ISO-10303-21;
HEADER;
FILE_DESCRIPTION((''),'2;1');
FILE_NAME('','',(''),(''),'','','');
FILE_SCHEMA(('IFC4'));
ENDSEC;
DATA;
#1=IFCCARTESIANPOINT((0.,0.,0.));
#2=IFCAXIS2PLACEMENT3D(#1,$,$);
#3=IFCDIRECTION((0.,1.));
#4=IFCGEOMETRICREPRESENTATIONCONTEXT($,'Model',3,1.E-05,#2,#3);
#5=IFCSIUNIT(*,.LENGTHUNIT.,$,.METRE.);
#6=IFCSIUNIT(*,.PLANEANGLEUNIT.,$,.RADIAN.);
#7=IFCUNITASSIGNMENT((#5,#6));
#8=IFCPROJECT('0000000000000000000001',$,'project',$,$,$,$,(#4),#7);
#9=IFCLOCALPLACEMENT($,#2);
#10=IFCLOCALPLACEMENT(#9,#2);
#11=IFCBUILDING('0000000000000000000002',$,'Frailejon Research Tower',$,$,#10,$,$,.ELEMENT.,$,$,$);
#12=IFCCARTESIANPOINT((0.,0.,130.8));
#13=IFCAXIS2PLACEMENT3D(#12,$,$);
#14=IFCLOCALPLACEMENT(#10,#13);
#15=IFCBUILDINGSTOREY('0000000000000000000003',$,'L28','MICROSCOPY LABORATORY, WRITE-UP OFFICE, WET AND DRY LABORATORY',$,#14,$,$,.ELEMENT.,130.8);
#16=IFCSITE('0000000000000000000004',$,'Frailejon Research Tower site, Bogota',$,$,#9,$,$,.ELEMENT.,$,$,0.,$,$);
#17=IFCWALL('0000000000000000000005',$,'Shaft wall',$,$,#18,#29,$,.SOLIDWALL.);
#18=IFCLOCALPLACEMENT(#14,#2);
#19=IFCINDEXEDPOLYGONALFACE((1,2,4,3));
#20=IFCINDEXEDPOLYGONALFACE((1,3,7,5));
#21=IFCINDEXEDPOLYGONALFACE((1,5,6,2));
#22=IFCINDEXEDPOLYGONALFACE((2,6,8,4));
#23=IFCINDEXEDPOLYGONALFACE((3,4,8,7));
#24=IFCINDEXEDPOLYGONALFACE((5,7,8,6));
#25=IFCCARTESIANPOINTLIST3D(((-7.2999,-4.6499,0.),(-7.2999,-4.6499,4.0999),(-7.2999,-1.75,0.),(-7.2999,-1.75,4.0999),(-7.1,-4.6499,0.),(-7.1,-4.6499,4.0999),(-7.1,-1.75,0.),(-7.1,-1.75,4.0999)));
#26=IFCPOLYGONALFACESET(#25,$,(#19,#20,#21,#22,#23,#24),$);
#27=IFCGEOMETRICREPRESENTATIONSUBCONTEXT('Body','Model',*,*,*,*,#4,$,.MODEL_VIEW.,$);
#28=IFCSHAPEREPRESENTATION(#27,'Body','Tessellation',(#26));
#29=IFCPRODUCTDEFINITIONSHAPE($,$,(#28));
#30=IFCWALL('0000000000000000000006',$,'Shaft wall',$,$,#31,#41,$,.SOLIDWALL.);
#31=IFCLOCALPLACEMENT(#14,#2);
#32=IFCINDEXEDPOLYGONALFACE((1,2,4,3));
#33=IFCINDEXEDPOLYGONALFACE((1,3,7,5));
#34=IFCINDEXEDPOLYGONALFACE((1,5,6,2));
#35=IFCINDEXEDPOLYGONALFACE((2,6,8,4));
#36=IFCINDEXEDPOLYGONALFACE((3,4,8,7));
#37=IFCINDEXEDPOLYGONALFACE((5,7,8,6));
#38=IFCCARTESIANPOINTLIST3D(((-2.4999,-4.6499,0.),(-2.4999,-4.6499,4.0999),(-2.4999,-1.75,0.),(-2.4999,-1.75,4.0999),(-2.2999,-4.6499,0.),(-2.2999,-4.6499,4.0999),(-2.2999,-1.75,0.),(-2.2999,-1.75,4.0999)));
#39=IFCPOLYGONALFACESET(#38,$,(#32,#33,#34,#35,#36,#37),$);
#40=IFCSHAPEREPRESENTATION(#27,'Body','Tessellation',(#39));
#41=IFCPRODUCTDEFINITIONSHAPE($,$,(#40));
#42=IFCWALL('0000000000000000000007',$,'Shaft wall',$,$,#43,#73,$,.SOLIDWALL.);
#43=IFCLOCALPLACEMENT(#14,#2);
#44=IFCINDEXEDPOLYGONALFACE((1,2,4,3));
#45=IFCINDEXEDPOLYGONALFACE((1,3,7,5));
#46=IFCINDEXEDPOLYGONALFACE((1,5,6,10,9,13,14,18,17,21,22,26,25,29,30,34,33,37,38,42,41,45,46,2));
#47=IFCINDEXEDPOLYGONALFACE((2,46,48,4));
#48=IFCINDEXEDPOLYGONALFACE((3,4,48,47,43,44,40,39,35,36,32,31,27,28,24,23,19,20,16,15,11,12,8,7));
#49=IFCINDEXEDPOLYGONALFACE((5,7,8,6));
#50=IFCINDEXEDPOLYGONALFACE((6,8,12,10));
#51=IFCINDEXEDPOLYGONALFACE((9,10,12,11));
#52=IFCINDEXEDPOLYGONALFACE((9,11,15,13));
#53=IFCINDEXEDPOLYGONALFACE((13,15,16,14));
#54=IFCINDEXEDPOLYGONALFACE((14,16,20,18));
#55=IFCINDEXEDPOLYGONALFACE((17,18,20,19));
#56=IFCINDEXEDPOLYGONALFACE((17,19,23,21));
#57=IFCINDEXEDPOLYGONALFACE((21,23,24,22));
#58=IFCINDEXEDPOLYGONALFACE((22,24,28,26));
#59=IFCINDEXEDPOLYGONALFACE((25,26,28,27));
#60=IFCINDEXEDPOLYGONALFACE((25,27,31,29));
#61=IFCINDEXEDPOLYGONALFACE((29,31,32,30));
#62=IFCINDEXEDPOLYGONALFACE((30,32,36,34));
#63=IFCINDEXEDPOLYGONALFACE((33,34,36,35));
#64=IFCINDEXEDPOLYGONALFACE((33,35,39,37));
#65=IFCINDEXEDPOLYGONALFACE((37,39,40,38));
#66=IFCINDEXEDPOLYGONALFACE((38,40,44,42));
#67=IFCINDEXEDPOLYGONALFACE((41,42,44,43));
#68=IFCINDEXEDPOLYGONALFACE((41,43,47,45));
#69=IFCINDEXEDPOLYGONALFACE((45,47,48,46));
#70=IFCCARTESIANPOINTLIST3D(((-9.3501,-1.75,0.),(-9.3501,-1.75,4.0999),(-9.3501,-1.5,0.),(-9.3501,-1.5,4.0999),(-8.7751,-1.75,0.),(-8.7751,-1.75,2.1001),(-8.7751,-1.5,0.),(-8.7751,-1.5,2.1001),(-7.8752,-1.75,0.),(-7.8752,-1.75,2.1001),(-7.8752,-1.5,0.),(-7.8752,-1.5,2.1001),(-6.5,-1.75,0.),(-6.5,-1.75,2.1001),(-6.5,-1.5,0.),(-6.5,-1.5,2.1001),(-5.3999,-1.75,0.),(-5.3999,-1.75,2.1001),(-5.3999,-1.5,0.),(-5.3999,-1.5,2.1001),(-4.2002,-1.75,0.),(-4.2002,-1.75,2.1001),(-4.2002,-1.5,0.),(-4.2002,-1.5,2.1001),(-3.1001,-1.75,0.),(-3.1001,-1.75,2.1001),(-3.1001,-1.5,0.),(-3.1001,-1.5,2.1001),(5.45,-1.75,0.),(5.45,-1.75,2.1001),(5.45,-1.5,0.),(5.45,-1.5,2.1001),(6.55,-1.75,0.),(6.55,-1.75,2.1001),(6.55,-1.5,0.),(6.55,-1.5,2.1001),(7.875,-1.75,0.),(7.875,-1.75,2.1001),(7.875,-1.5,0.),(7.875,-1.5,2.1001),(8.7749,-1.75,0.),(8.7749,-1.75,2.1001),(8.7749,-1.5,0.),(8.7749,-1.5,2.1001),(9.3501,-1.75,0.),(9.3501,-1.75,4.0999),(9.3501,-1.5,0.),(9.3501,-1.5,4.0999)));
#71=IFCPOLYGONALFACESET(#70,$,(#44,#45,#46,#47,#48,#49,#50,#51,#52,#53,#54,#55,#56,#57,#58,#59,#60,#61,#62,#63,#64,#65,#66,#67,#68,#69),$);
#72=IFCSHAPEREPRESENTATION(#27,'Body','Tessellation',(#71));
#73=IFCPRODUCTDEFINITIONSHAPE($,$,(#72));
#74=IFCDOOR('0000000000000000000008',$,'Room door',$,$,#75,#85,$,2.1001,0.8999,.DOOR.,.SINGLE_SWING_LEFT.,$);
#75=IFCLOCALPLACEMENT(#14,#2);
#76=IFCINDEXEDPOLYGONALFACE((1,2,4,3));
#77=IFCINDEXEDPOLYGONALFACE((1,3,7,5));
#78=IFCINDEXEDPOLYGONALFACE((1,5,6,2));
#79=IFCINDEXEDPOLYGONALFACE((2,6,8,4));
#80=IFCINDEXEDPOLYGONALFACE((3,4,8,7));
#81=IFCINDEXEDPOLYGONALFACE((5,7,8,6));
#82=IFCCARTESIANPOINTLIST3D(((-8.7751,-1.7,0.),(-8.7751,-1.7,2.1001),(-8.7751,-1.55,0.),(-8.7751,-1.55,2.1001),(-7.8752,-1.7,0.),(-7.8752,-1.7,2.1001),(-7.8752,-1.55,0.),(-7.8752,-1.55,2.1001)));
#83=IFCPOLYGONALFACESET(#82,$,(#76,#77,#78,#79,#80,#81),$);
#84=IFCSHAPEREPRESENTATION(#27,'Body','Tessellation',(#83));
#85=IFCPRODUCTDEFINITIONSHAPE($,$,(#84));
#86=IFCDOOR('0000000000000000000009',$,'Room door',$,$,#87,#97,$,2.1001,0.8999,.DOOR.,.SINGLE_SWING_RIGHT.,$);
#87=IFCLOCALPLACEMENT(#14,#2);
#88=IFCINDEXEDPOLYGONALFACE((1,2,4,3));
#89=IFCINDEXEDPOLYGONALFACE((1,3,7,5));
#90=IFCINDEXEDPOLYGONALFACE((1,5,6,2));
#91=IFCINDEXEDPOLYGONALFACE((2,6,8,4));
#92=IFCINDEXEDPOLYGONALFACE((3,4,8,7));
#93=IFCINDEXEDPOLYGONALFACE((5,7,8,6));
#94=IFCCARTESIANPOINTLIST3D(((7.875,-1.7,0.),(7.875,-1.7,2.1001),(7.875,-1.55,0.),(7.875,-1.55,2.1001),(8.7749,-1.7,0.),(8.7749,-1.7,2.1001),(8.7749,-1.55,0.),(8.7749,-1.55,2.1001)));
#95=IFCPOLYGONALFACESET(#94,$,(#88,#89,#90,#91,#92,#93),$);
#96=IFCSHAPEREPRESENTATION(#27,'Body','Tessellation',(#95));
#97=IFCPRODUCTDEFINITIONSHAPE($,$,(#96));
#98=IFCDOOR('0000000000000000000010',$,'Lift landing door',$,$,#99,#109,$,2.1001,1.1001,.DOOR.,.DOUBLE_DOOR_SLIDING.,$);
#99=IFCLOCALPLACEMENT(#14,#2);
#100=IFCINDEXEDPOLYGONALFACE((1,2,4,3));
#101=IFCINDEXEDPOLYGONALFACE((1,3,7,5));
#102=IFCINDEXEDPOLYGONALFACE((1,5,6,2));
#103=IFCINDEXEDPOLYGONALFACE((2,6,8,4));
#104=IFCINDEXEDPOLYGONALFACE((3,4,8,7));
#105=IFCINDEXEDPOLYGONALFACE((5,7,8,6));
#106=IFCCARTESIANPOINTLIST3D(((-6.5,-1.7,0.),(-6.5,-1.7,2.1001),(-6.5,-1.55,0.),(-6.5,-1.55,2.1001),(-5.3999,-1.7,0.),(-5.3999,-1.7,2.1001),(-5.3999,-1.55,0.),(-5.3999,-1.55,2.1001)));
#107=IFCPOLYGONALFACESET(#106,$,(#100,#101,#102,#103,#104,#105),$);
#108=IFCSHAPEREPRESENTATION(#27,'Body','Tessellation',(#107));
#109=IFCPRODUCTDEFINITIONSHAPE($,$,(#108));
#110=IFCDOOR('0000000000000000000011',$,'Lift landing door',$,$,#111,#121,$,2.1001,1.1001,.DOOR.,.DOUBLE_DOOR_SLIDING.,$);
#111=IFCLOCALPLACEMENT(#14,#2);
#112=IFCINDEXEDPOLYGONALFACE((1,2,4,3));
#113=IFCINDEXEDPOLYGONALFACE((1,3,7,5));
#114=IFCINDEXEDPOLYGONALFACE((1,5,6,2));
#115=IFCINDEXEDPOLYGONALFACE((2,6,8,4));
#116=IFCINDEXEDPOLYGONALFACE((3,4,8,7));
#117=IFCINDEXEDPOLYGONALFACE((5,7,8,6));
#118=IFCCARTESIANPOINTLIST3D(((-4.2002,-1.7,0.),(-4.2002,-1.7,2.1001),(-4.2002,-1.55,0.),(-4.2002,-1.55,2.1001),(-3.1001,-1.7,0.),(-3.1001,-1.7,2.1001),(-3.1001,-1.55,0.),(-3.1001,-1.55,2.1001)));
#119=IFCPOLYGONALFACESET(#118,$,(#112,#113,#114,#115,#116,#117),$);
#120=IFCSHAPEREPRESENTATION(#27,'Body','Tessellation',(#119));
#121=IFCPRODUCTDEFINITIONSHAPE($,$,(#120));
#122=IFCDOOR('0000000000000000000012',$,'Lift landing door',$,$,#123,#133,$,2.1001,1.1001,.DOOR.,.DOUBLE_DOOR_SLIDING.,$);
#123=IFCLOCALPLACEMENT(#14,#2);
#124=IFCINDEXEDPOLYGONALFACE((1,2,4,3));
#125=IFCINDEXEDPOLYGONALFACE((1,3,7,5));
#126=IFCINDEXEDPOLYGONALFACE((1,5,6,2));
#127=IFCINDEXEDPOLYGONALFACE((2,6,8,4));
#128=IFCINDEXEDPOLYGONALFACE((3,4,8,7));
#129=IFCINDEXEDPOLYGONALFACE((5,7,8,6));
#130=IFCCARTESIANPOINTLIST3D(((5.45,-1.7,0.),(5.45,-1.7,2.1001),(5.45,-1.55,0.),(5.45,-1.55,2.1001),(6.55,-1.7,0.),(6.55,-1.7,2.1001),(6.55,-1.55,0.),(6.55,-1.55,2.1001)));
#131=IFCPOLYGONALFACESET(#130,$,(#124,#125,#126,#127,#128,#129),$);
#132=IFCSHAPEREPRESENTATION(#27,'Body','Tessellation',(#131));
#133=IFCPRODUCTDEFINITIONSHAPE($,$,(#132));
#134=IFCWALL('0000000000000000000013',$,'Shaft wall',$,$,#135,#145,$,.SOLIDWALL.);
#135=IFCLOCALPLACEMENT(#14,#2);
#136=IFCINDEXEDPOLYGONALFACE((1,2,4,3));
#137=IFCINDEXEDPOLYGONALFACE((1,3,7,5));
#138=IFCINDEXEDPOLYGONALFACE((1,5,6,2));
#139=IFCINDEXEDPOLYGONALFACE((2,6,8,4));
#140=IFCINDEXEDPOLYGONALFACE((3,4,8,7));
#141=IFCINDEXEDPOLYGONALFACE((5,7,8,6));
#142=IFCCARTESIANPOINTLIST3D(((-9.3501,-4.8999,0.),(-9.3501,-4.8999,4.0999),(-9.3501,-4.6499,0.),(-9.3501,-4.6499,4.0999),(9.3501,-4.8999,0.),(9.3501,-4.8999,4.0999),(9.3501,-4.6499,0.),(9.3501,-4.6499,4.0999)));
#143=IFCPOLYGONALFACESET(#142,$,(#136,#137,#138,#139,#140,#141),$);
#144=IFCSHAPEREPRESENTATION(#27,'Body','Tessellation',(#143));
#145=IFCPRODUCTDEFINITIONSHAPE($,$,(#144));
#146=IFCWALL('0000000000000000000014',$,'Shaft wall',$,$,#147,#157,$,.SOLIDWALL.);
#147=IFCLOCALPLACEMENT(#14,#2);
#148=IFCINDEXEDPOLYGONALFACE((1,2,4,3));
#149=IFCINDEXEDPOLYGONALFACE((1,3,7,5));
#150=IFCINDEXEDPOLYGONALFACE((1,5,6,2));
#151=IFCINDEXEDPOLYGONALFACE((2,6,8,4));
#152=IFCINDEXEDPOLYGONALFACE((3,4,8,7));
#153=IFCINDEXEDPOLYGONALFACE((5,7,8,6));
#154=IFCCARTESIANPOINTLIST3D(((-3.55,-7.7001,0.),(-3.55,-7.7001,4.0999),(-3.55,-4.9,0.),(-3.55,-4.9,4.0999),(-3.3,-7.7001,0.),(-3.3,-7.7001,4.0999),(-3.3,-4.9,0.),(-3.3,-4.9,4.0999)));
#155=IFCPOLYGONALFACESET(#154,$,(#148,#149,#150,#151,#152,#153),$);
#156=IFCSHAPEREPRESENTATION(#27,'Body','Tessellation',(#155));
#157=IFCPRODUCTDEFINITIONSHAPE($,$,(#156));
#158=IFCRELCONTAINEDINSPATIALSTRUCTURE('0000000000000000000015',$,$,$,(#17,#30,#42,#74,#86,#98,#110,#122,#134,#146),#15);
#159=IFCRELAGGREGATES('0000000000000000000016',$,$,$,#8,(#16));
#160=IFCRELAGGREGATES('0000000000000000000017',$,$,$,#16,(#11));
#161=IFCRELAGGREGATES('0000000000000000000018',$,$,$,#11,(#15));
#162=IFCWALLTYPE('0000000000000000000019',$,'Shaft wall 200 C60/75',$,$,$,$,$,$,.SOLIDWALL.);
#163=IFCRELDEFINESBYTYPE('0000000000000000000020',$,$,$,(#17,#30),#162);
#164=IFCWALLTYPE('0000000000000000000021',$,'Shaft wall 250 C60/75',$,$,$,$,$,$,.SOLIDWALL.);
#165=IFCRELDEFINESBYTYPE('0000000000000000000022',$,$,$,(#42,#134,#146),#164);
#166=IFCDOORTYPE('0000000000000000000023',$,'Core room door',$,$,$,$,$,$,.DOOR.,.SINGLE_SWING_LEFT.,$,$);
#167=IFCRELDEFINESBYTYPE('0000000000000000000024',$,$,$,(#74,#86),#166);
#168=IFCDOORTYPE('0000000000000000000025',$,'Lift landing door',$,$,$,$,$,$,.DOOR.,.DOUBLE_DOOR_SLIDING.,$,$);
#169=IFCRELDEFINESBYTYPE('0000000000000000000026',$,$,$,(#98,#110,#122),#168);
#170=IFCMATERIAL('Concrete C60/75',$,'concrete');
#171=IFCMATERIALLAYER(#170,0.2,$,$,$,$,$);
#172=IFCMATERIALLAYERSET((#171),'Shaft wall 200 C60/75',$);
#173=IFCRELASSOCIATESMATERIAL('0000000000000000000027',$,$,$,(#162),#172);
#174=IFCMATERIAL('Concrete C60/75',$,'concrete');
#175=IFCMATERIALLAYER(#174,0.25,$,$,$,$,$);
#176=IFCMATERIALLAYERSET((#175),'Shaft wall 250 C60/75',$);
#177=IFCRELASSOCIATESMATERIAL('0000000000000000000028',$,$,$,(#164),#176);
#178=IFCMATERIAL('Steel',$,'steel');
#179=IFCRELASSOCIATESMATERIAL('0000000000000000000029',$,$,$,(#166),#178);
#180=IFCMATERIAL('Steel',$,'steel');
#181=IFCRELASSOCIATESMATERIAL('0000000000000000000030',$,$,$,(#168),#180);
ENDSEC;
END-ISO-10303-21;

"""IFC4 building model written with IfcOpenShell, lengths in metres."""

from ifc_helpers import new_model, si_unit, direction, frame, frame_2d, origin, place, context, subcontext, project, spatial, rectangle, extrude, material, layer, layer_set, type_object, element, fill, save


model = new_model("IFC4")

# Units and contexts
model_context = context("Model", 3, precision=1e-05, world=origin(), true_north=direction((0.0, 1.0)))
body_context = subcontext(model_context, "Body", "Model", "MODEL_VIEW")
ifc_project = project(units=[si_unit("LENGTHUNIT", "METRE"), si_unit("PLANEANGLEUNIT", "RADIAN")], contexts=[model_context])

# Site, building, storey
site_placement = place(None, origin())
site = spatial("IfcSite", under=ifc_project, at=site_placement, Name="Frailejon Research Tower site, Bogota", CompositionType="ELEMENT", RefElevation=0.0)
building_placement = place(site_placement, origin())
building = spatial("IfcBuilding", under=site, at=building_placement, Name="Frailejon Research Tower", CompositionType="ELEMENT")
storey_placement = place(building_placement, frame((0.0, 0.0, 130.8)))
storey = spatial("IfcBuildingStorey", under=building, at=storey_placement, Name="L28", Description="MICROSCOPY LABORATORY, WRITE-UP OFFICE, WET AND DRY LABORATORY", CompositionType="ELEMENT", Elevation=130.8)

# Walls
ifc_material_1 = material(Name="Concrete C60/75", Category="concrete")
ifc_layer_1 = layer(ifc_material_1, 0.2)
ifc_layer_set_1 = layer_set([ifc_layer_1], Name="Shaft wall 200 C60/75")
wall_type_1 = type_object("IfcWallType", Name="Shaft wall 200 C60/75", PredefinedType="SOLIDWALL", material=ifc_layer_set_1)
for number, where, z_axis, x_axis, name in (
    (1, (-7.2, -4.6499, 0.0), (0.0, 0.0, 1.0), (0.0, 1.0, 0.0), "Shaft wall"),
    (2, (-2.3999, -4.6499, 0.0), (0.0, 0.0, 1.0), (0.0, 1.0, 0.0), "Shaft wall"),
):
    element("IfcWall", number, at=place(storey_placement, frame(where, z_axis=z_axis, x_axis=x_axis)), inside=storey, type_object=wall_type_1, Name=name, PredefinedType="SOLIDWALL", context=body_context, shape_type="SweptSolid", body=[
        extrude(rectangle(XDim=2.8999, YDim=0.2, at=frame_2d((1.45, 0.0))), origin(), (0.0, 0.0, 1.0), 4.0999),
    ])

# Wall, openings, doors
ifc_material_2 = material(Name="Concrete C60/75", Category="concrete")
ifc_layer_2 = layer(ifc_material_2, 0.25)
ifc_layer_set_2 = layer_set([ifc_layer_2], Name="Shaft wall 250 C60/75")
wall_type_2 = type_object("IfcWallType", Name="Shaft wall 250 C60/75", PredefinedType="SOLIDWALL", material=ifc_layer_set_2)
wall_1_placement = place(storey_placement, frame((-9.3501, -1.625, 0.0), z_axis=(0.0, 0.0, 1.0), x_axis=(1.0, 0.0, 0.0)))
wall_1 = element("IfcWall", 3, at=wall_1_placement, inside=storey, type_object=wall_type_2, Name="Shaft wall", PredefinedType="SOLIDWALL", context=body_context, shape_type="SweptSolid", body=[
    extrude(rectangle(XDim=18.7002, YDim=0.25, at=frame_2d((9.3501, 0.0))), origin(), (0.0, 0.0, 1.0), 4.0999),
])
opening_1_placement = place(wall_1_placement, frame((2.8501, 0.0, 0.0)))
opening_1 = element("IfcOpeningElement", 4, at=opening_1_placement, cuts=wall_1, PredefinedType="OPENING", context=body_context, shape_type="SweptSolid", body=[
    extrude(rectangle(XDim=1.1001, YDim=2.1001, at=frame_2d((0.55, 1.05))), frame((0.0, 0.135, 0.0), z_axis=(0.0, -1.0, 0.0), x_axis=(1.0, 0.0, 0.0)), (0.0, 0.0, 1.0), 0.27),
])
opening_2_placement = place(wall_1_placement, frame((5.1499, 0.0, 0.0)))
opening_2 = element("IfcOpeningElement", 5, at=opening_2_placement, cuts=wall_1, PredefinedType="OPENING", context=body_context, shape_type="SweptSolid", body=[
    extrude(rectangle(XDim=1.1001, YDim=2.1001, at=frame_2d((0.55, 1.05))), frame((0.0, 0.135, 0.0), z_axis=(0.0, -1.0, 0.0), x_axis=(1.0, 0.0, 0.0)), (0.0, 0.0, 1.0), 0.27),
])
opening_3_placement = place(wall_1_placement, frame((14.8, 0.0, 0.0)))
opening_3 = element("IfcOpeningElement", 6, at=opening_3_placement, cuts=wall_1, PredefinedType="OPENING", context=body_context, shape_type="SweptSolid", body=[
    extrude(rectangle(XDim=1.1001, YDim=2.1001, at=frame_2d((0.55, 1.05))), frame((0.0, 0.135, 0.0), z_axis=(0.0, -1.0, 0.0), x_axis=(1.0, 0.0, 0.0)), (0.0, 0.0, 1.0), 0.27),
])
opening_4_placement = place(wall_1_placement, frame((0.575, 0.0, 0.0)))
opening_4 = element("IfcOpeningElement", 7, at=opening_4_placement, cuts=wall_1, PredefinedType="OPENING", context=body_context, shape_type="SweptSolid", body=[
    extrude(rectangle(XDim=0.8999, YDim=2.1001, at=frame_2d((0.45, 1.05))), frame((0.0, 0.135, 0.0), z_axis=(0.0, -1.0, 0.0), x_axis=(1.0, 0.0, 0.0)), (0.0, 0.0, 1.0), 0.27),
])
opening_5_placement = place(wall_1_placement, frame((17.2251, 0.0, 0.0)))
opening_5 = element("IfcOpeningElement", 8, at=opening_5_placement, cuts=wall_1, PredefinedType="OPENING", context=body_context, shape_type="SweptSolid", body=[
    extrude(rectangle(XDim=0.8999, YDim=2.1001, at=frame_2d((0.45, 1.05))), frame((0.0, 0.135, 0.0), z_axis=(0.0, -1.0, 0.0), x_axis=(1.0, 0.0, 0.0)), (0.0, 0.0, 1.0), 0.27),
])
ifc_material_3 = material(Name="Steel", Category="steel")
door_type_1 = type_object("IfcDoorType", Name="Core room door", OperationType="SINGLE_SWING_LEFT", PredefinedType="DOOR", material=ifc_material_3)
door_1_placement = place(opening_4_placement, origin())
door_1 = element("IfcDoor", 9, at=door_1_placement, inside=storey, type_object=door_type_1, Name="Room door", OperationType="SINGLE_SWING_LEFT", OverallHeight=2.1001, OverallWidth=0.8999, PredefinedType="DOOR", context=body_context, shape_type="SweptSolid", body=[
    extrude(rectangle(XDim=0.8999, YDim=2.1001, at=frame_2d((0.45, 1.05))), frame((0.0, 0.075, 0.0), z_axis=(0.0, -1.0, 0.0), x_axis=(1.0, 0.0, 0.0)), (0.0, 0.0, 1.0), 0.1499),
])
fill(opening_4, door_1)
door_2_placement = place(opening_5_placement, origin())
door_2 = element("IfcDoor", 10, at=door_2_placement, inside=storey, type_object=door_type_1, Name="Room door", OperationType="SINGLE_SWING_RIGHT", OverallHeight=2.1001, OverallWidth=0.8999, PredefinedType="DOOR", context=body_context, shape_type="SweptSolid", body=[
    extrude(rectangle(XDim=0.8999, YDim=2.1001, at=frame_2d((0.45, 1.05))), frame((0.0, 0.075, 0.0), z_axis=(0.0, -1.0, 0.0), x_axis=(1.0, 0.0, 0.0)), (0.0, 0.0, 1.0), 0.1499),
])
fill(opening_5, door_2)
ifc_material_4 = material(Name="Steel", Category="steel")
door_type_2 = type_object("IfcDoorType", Name="Lift landing door", OperationType="DOUBLE_DOOR_SLIDING", PredefinedType="DOOR", material=ifc_material_4)
door_3_placement = place(opening_1_placement, origin())
door_3 = element("IfcDoor", 11, at=door_3_placement, inside=storey, type_object=door_type_2, Name="Lift landing door", OperationType="DOUBLE_DOOR_SLIDING", OverallHeight=2.1001, OverallWidth=1.1001, PredefinedType="DOOR", context=body_context, shape_type="SweptSolid", body=[
    extrude(rectangle(XDim=1.1001, YDim=2.1001, at=frame_2d((0.55, 1.05))), frame((0.0, 0.075, 0.0), z_axis=(0.0, -1.0, 0.0), x_axis=(1.0, 0.0, 0.0)), (0.0, 0.0, 1.0), 0.1499),
])
fill(opening_1, door_3)
door_4_placement = place(opening_2_placement, origin())
door_4 = element("IfcDoor", 12, at=door_4_placement, inside=storey, type_object=door_type_2, Name="Lift landing door", OperationType="DOUBLE_DOOR_SLIDING", OverallHeight=2.1001, OverallWidth=1.1001, PredefinedType="DOOR", context=body_context, shape_type="SweptSolid", body=[
    extrude(rectangle(XDim=1.1001, YDim=2.1001, at=frame_2d((0.55, 1.05))), frame((0.0, 0.075, 0.0), z_axis=(0.0, -1.0, 0.0), x_axis=(1.0, 0.0, 0.0)), (0.0, 0.0, 1.0), 0.1499),
])
fill(opening_2, door_4)
door_5_placement = place(opening_3_placement, origin())
door_5 = element("IfcDoor", 13, at=door_5_placement, inside=storey, type_object=door_type_2, Name="Lift landing door", OperationType="DOUBLE_DOOR_SLIDING", OverallHeight=2.1001, OverallWidth=1.1001, PredefinedType="DOOR", context=body_context, shape_type="SweptSolid", body=[
    extrude(rectangle(XDim=1.1001, YDim=2.1001, at=frame_2d((0.55, 1.05))), frame((0.0, 0.075, 0.0), z_axis=(0.0, -1.0, 0.0), x_axis=(1.0, 0.0, 0.0)), (0.0, 0.0, 1.0), 0.1499),
])
fill(opening_3, door_5)

# Walls
wall_2_placement = place(storey_placement, frame((-9.3501, -4.7749, 0.0), z_axis=(0.0, 0.0, 1.0), x_axis=(1.0, 0.0, 0.0)))
element("IfcWall", 14, at=wall_2_placement, inside=storey, type_object=wall_type_2, Name="Shaft wall", PredefinedType="SOLIDWALL", context=body_context, shape_type="SweptSolid", body=[
    extrude(rectangle(XDim=18.7002, YDim=0.25, at=frame_2d((9.3501, 0.0))), origin(), (0.0, 0.0, 1.0), 4.0999),
])
wall_3_placement = place(storey_placement, frame((-3.425, -7.7, 0.0), z_axis=(0.0, 0.0, 1.0), x_axis=(0.0, 1.0, 0.0)))
element("IfcWall", 15, at=wall_3_placement, inside=storey, type_object=wall_type_2, Name="Shaft wall", PredefinedType="SOLIDWALL", context=body_context, shape_type="SweptSolid", body=[
    extrude(rectangle(XDim=2.8, YDim=0.25, at=frame_2d((1.3999, 0.0))), origin(), (0.0, 0.0, 1.0), 4.0999),
])

save(model, "model.ifc")
